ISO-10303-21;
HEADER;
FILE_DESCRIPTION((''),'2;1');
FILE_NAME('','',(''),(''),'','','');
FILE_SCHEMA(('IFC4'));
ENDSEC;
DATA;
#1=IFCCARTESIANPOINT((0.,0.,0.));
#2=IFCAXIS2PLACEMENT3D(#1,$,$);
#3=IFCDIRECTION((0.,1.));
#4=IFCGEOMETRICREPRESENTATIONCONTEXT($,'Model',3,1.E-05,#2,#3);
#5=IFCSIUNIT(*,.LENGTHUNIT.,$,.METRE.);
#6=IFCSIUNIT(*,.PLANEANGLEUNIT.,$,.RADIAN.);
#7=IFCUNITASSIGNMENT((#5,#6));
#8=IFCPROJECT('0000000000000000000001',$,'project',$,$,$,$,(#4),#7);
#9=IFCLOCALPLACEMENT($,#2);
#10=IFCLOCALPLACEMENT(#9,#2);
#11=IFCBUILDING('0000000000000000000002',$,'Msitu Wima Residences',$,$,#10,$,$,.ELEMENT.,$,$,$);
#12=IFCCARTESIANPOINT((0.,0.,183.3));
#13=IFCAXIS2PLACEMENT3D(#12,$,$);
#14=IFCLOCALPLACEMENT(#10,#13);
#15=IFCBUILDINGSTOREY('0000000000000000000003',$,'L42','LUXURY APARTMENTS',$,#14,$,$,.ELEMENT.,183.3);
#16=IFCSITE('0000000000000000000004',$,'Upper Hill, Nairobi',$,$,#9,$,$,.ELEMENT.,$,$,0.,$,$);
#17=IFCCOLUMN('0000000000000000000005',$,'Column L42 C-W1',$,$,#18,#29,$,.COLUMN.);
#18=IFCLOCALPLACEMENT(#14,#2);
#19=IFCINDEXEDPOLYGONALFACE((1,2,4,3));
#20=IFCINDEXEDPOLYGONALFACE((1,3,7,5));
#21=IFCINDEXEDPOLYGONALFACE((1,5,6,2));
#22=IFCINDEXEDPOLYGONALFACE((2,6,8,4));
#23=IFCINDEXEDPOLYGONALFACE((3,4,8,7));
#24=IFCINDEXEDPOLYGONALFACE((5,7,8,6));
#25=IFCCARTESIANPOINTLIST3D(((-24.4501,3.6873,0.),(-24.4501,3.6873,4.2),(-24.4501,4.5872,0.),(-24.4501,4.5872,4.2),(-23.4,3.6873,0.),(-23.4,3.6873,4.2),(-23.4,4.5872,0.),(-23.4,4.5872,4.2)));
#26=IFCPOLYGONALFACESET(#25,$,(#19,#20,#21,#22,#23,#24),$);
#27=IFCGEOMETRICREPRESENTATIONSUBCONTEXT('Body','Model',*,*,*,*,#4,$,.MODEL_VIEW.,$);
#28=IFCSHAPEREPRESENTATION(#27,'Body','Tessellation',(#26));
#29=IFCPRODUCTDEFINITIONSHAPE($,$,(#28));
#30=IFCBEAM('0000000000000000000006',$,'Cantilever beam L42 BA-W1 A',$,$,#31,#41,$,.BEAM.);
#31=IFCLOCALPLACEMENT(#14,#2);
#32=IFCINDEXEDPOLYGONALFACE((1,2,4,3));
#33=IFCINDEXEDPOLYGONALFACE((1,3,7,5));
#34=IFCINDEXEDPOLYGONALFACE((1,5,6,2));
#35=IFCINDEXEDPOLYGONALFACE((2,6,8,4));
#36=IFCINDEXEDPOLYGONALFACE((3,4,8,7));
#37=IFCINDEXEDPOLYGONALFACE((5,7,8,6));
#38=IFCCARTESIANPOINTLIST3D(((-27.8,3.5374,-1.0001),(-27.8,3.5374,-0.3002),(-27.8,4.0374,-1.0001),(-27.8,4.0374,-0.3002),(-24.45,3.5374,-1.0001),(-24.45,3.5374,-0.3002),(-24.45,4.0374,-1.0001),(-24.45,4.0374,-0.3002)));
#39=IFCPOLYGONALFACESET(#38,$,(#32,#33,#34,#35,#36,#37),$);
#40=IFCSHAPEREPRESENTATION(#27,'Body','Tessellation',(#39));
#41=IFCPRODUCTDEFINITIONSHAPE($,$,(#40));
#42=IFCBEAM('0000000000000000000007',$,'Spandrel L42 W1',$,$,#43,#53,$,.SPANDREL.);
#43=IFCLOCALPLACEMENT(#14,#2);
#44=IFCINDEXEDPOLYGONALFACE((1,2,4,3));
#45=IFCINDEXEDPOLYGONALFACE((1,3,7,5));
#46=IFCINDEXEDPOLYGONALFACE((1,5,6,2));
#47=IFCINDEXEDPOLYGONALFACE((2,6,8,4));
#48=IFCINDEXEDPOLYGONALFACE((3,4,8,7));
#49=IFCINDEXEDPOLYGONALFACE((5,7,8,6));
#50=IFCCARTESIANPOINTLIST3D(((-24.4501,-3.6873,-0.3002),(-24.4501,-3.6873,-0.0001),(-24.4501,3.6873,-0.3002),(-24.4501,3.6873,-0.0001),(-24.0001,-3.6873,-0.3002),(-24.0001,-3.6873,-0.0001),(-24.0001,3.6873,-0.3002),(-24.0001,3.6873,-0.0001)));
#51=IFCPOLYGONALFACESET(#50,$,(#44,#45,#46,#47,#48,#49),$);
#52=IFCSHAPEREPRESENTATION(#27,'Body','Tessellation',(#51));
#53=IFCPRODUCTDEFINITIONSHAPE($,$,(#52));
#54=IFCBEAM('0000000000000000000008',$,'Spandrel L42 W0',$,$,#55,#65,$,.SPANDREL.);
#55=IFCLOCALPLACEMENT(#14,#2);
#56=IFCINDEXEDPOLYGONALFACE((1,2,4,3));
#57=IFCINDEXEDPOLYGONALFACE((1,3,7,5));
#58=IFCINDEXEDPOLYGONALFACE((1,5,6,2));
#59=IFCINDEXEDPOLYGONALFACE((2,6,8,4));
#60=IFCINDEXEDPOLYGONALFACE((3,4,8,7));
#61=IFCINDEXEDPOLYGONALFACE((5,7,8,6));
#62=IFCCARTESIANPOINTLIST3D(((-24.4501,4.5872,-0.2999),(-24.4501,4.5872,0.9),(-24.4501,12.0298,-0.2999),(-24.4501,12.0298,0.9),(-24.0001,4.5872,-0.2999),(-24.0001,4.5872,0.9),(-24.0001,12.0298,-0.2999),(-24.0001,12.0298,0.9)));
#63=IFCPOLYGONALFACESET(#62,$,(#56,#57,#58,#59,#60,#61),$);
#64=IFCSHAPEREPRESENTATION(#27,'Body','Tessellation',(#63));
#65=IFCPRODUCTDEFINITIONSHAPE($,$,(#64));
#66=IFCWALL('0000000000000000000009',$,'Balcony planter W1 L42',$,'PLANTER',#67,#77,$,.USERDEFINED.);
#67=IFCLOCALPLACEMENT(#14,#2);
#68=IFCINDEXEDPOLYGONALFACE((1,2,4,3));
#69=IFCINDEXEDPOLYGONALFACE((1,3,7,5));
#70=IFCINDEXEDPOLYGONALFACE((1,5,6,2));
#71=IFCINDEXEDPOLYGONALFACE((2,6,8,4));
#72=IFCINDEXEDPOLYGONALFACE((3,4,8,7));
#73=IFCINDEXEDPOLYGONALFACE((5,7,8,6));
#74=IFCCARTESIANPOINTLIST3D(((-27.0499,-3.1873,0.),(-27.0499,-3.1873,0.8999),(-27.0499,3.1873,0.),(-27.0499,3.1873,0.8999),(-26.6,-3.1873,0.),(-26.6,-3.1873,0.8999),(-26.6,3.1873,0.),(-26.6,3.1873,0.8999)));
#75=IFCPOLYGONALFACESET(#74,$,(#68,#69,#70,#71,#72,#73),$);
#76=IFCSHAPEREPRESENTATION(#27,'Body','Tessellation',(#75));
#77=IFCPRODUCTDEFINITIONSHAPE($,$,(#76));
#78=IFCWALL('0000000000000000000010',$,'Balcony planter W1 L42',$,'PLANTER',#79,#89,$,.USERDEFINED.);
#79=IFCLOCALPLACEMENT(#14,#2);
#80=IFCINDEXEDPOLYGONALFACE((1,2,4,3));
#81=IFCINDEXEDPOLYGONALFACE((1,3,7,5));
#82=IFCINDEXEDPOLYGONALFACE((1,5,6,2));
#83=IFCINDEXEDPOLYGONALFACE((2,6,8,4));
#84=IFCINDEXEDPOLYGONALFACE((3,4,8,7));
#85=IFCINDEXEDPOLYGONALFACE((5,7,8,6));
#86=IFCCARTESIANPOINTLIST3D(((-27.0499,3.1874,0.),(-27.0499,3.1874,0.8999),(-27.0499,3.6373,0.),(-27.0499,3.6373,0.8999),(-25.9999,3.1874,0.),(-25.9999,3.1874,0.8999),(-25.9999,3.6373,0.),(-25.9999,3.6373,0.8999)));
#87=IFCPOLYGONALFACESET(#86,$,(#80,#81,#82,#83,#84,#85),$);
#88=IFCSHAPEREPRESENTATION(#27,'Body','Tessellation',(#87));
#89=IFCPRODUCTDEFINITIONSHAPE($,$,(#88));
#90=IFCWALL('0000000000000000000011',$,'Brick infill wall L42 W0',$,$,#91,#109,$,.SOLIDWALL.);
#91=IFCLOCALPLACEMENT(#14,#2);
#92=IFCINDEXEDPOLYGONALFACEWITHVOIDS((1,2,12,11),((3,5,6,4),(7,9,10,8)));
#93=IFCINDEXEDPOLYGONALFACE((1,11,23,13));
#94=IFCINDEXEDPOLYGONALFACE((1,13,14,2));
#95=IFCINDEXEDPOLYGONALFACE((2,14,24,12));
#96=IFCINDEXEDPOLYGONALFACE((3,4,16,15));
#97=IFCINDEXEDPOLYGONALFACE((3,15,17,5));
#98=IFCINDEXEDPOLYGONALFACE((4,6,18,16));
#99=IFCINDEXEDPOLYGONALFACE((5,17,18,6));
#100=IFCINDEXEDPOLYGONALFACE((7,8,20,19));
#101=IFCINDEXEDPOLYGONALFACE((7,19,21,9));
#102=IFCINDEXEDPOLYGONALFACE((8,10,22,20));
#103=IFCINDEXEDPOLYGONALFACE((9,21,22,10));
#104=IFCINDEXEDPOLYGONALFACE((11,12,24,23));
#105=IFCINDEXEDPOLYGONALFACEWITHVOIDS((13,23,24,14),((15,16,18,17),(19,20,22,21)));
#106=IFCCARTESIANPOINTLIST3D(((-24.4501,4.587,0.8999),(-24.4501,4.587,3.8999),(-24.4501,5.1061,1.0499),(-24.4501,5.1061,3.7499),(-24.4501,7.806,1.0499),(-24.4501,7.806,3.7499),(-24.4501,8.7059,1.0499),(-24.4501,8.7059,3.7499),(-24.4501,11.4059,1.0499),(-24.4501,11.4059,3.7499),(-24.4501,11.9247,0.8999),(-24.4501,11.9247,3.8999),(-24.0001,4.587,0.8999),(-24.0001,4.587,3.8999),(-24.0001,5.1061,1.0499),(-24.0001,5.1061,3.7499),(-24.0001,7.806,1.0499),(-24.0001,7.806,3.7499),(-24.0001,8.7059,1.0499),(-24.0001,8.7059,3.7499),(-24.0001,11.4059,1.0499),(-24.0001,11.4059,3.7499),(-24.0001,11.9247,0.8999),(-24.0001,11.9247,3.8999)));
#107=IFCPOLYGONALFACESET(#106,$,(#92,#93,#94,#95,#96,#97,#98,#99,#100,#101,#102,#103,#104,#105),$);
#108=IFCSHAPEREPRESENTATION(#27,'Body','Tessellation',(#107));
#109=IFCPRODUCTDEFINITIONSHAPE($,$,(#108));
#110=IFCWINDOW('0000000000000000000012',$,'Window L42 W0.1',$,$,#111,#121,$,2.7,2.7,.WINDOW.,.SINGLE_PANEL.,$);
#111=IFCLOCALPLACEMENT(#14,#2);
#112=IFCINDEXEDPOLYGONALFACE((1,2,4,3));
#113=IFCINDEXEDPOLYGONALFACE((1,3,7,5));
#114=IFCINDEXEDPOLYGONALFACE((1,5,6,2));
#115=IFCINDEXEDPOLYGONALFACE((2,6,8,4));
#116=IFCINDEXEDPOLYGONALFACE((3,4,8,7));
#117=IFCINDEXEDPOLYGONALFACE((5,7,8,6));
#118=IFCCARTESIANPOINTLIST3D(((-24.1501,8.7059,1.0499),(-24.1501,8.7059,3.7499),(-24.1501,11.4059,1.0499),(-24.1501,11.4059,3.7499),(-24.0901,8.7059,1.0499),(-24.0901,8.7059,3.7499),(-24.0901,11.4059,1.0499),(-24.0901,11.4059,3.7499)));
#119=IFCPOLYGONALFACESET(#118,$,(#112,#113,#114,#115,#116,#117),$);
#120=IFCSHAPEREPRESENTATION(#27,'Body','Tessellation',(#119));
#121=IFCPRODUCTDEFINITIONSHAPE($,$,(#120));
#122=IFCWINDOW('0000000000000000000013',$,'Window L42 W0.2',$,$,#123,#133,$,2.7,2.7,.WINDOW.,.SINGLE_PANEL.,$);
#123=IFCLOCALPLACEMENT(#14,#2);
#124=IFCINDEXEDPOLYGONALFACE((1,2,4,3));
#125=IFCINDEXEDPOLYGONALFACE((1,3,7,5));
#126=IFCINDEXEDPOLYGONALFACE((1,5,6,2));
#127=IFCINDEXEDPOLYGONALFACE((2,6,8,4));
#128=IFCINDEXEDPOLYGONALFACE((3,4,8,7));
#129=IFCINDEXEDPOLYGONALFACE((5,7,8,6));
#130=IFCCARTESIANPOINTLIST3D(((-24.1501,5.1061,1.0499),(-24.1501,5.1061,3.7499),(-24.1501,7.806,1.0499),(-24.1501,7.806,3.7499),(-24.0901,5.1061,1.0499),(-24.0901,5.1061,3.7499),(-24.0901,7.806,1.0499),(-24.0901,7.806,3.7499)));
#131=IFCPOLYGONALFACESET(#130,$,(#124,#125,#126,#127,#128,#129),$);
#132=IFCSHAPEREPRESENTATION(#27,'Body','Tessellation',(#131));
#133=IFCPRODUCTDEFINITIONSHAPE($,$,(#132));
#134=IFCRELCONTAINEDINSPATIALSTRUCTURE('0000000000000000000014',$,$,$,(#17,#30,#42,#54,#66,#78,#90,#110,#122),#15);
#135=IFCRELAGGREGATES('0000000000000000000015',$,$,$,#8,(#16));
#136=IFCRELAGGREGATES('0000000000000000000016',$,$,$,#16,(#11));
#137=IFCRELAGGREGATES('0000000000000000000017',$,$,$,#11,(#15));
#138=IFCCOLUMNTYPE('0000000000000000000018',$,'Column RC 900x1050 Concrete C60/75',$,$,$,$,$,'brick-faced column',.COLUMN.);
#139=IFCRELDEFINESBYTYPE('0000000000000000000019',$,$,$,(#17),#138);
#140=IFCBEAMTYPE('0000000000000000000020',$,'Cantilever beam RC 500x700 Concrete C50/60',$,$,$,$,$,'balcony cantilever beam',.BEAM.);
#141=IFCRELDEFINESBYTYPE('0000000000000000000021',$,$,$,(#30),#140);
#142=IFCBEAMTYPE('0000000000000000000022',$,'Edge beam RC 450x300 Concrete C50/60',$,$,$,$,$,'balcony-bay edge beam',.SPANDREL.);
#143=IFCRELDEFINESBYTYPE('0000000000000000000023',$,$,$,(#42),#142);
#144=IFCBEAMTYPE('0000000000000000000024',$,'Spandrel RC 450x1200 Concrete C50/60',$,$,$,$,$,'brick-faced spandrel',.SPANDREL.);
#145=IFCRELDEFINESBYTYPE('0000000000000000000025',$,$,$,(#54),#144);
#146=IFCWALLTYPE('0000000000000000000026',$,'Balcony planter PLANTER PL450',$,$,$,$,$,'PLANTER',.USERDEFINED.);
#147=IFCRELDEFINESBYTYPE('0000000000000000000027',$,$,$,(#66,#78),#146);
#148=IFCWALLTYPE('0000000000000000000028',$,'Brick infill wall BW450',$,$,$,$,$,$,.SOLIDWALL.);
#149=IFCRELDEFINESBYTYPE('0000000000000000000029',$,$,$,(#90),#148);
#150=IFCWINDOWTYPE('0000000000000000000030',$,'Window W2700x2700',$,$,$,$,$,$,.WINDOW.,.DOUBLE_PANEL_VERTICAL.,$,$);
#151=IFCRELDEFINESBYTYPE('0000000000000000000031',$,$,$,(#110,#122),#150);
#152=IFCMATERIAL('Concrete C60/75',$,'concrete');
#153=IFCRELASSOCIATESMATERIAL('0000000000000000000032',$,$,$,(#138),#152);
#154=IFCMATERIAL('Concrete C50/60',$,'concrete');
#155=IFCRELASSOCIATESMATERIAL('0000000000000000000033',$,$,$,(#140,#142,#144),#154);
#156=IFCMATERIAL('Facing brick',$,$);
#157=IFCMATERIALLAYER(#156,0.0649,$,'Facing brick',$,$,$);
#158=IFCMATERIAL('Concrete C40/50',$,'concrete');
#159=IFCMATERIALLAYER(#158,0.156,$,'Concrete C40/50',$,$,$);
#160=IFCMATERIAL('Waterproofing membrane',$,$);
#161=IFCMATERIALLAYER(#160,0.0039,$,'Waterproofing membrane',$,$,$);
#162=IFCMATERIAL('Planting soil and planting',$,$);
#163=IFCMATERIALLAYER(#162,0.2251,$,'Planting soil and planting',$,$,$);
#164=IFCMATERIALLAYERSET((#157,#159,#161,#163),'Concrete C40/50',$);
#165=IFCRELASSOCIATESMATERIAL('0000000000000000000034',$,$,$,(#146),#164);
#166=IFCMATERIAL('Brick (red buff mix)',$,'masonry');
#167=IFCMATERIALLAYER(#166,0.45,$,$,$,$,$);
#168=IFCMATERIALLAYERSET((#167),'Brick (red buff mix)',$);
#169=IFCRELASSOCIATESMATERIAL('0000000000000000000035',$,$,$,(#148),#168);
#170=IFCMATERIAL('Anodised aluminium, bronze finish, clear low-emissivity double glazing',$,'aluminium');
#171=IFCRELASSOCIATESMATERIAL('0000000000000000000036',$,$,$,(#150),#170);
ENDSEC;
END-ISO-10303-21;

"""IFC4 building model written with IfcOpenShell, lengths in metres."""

from ifc_helpers import new_model, si_unit, direction, frame, frame_2d, origin, origin_2d, place, context, subcontext, project, spatial, rectangle, extrude, material, layer, layer_set, material_profile, profile_set, type_object, element, fill, save


model = new_model("IFC4")

# Units and contexts
model_context = context("Model", 3, precision=1e-05, world=origin(), true_north=direction((0.0, 1.0)))
body_context = subcontext(model_context, "Body", "Model", "MODEL_VIEW")
ifc_project = project(units=[si_unit("LENGTHUNIT", "METRE"), si_unit("PLANEANGLEUNIT", "RADIAN")], contexts=[model_context])

# Site, building, storey
site_placement = place(None, origin())
site = spatial("IfcSite", under=ifc_project, at=site_placement, Name="Upper Hill, Nairobi", CompositionType="ELEMENT", RefElevation=0.0)
building_placement = place(site_placement, origin())
building = spatial("IfcBuilding", under=site, at=building_placement, Name="Msitu Wima Residences", CompositionType="ELEMENT")
storey_placement = place(building_placement, frame((0.0, 0.0, 183.3)))
storey = spatial("IfcBuildingStorey", under=building, at=storey_placement, Name="L42", Description="LUXURY APARTMENTS", CompositionType="ELEMENT", Elevation=183.3)

# Column
ifc_material_1 = material(Name="Concrete C60/75", Category="concrete")
ifc_material_profile_1 = material_profile(ifc_material_1, rectangle(XDim=0.8999, YDim=1.05, at=origin_2d()), Name="RC 900x1050")
ifc_profile_set_1 = profile_set([ifc_material_profile_1], Name="Concrete C60/75")
column_type = type_object("IfcColumnType", Name="Column RC 900x1050 Concrete C60/75", ElementType="brick-faced column", PredefinedType="COLUMN", material=ifc_profile_set_1)
column_placement = place(storey_placement, frame((-23.925, 4.1372, 0.0), z_axis=(0.0, 0.0, 1.0), x_axis=(0.0, -1.0, 0.0)))
element("IfcColumn", 1, at=column_placement, inside=storey, type_object=column_type, Name="Column L42 C-W1", PredefinedType="COLUMN", context=body_context, shape_type="SweptSolid", body=[
    extrude(rectangle(XDim=0.8999, YDim=1.05, at=origin_2d()), origin(), (0.0, 0.0, 1.0), 4.2),
])

# Beams
ifc_material_2 = material(Name="Concrete C50/60", Category="concrete")
ifc_material_profile_2 = material_profile(ifc_material_2, rectangle(XDim=0.5, YDim=0.7, at=origin_2d()), Name="RC 500x700")
ifc_profile_set_2 = profile_set([ifc_material_profile_2], Name="Concrete C50/60")
beam_type_1 = type_object("IfcBeamType", Name="Cantilever beam RC 500x700 Concrete C50/60", ElementType="balcony cantilever beam", PredefinedType="BEAM", material=ifc_profile_set_2)
beam_1_placement = place(storey_placement, frame((-24.45, 3.7874, -0.6501), z_axis=(-1.0, 0.0, 0.0), x_axis=(0.0, -1.0, 0.0)))
element("IfcBeam", 2, at=beam_1_placement, inside=storey, type_object=beam_type_1, Name="Cantilever beam L42 BA-W1 A", PredefinedType="BEAM", context=body_context, shape_type="SweptSolid", body=[
    extrude(rectangle(XDim=0.5, YDim=0.7, at=origin_2d()), origin(), (0.0, 0.0, 1.0), 3.3501),
])
ifc_material_profile_3 = material_profile(ifc_material_2, rectangle(XDim=0.45, YDim=0.3, at=origin_2d()), Name="RC 450x300")
ifc_profile_set_3 = profile_set([ifc_material_profile_3], Name="Concrete C50/60")
beam_type_2 = type_object("IfcBeamType", Name="Edge beam RC 450x300 Concrete C50/60", ElementType="balcony-bay edge beam", PredefinedType="SPANDREL", material=ifc_profile_set_3)
beam_2_placement = place(storey_placement, frame((-24.2251, 3.6873, -0.1501), z_axis=(0.0, -1.0, 0.0), x_axis=(1.0, 0.0, 0.0)))
element("IfcBeam", 3, at=beam_2_placement, inside=storey, type_object=beam_type_2, Name="Spandrel L42 W1", PredefinedType="SPANDREL", context=body_context, shape_type="SweptSolid", body=[
    extrude(rectangle(XDim=0.45, YDim=0.3, at=origin_2d()), origin(), (0.0, 0.0, 1.0), 7.3745),
])
ifc_material_profile_4 = material_profile(ifc_material_2, rectangle(XDim=0.45, YDim=1.2, at=origin_2d()), Name="RC 450x1200")
ifc_profile_set_4 = profile_set([ifc_material_profile_4], Name="Concrete C50/60")
beam_type_3 = type_object("IfcBeamType", Name="Spandrel RC 450x1200 Concrete C50/60", ElementType="brick-faced spandrel", PredefinedType="SPANDREL", material=ifc_profile_set_4)
beam_3_placement = place(storey_placement, frame((-24.2251, 12.0298, 0.3), z_axis=(0.0, -1.0, 0.0), x_axis=(1.0, 0.0, 0.0)))
element("IfcBeam", 4, at=beam_3_placement, inside=storey, type_object=beam_type_3, Name="Spandrel L42 W0", PredefinedType="SPANDREL", context=body_context, shape_type="SweptSolid", body=[
    extrude(rectangle(XDim=0.45, YDim=1.2, at=origin_2d()), origin(), (0.0, 0.0, 1.0), 7.4426),
])

# Walls
ifc_material_3 = material(Name="Facing brick")
ifc_layer_1 = layer(ifc_material_3, 0.0649, Name="Facing brick")
ifc_material_4 = material(Name="Concrete C40/50", Category="concrete")
ifc_layer_2 = layer(ifc_material_4, 0.156, Name="Concrete C40/50")
ifc_material_5 = material(Name="Waterproofing membrane")
ifc_layer_3 = layer(ifc_material_5, 0.0039, Name="Waterproofing membrane")
ifc_material_6 = material(Name="Planting soil and planting")
ifc_layer_4 = layer(ifc_material_6, 0.2251, Name="Planting soil and planting")
ifc_layer_set_1 = layer_set([ifc_layer_1, ifc_layer_2, ifc_layer_3, ifc_layer_4], Name="Concrete C40/50")
wall_type_1 = type_object("IfcWallType", Name="Balcony planter PLANTER PL450", ElementType="PLANTER", PredefinedType="USERDEFINED", material=ifc_layer_set_1)
wall_1_placement = place(storey_placement, frame((-26.825, 3.1873, 0.0), z_axis=(0.0, 0.0, 1.0), x_axis=(0.0, -1.0, 0.0)))
element("IfcWall", 5, at=wall_1_placement, inside=storey, type_object=wall_type_1, Name="Balcony planter W1 L42", ObjectType="PLANTER", PredefinedType="USERDEFINED", context=body_context, shape_type="SweptSolid", body=[
    extrude(rectangle(XDim=6.3745, YDim=0.45, at=frame_2d((3.1873, 0.0))), origin(), (0.0, 0.0, 1.0), 0.8999),
])
wall_2_placement = place(storey_placement, frame((-26.0, 3.4124, 0.0), z_axis=(0.0, 0.0, 1.0), x_axis=(-1.0, 0.0, 0.0)))
element("IfcWall", 6, at=wall_2_placement, inside=storey, type_object=wall_type_1, Name="Balcony planter W1 L42", ObjectType="PLANTER", PredefinedType="USERDEFINED", context=body_context, shape_type="SweptSolid", body=[
    extrude(rectangle(XDim=1.05, YDim=0.45, at=frame_2d((0.5249, 0.0))), origin(), (0.0, 0.0, 1.0), 0.8999),
])

# Wall, openings, windows
ifc_material_7 = material(Name="Brick (red buff mix)", Category="masonry")
ifc_layer_5 = layer(ifc_material_7, 0.45)
ifc_layer_set_2 = layer_set([ifc_layer_5], Name="Brick (red buff mix)")
wall_type_2 = type_object("IfcWallType", Name="Brick infill wall BW450", PredefinedType="SOLIDWALL", material=ifc_layer_set_2)
wall_3_placement = place(storey_placement, frame((-24.2251, 11.9248, 0.8999), z_axis=(0.0, 0.0, 1.0), x_axis=(0.0, -1.0, 0.0)))
wall_3 = element("IfcWall", 7, at=wall_3_placement, inside=storey, type_object=wall_type_2, Name="Brick infill wall L42 W0", PredefinedType="SOLIDWALL", context=body_context, shape_type="SweptSolid", body=[
    extrude(rectangle(XDim=7.3376, YDim=0.45, at=frame_2d((3.6689, 0.0))), origin(), (0.0, 0.0, 1.0), 3.0),
])
opening_1_placement = place(wall_3_placement, frame((0.5188, 0.0, 0.1499)))
opening_1 = element("IfcOpeningElement", 8, at=opening_1_placement, cuts=wall_3, PredefinedType="OPENING", context=body_context, shape_type="SweptSolid", body=[
    extrude(rectangle(XDim=2.7, YDim=2.7, at=frame_2d((1.3501, 1.3501))), frame((0.0, 0.2349, 0.0), z_axis=(0.0, -1.0, 0.0), x_axis=(1.0, 0.0, 0.0)), (0.0, 0.0, 1.0), 0.47),
])
opening_2_placement = place(wall_3_placement, frame((4.1187, 0.0, 0.1499)))
opening_2 = element("IfcOpeningElement", 9, at=opening_2_placement, cuts=wall_3, PredefinedType="OPENING", context=body_context, shape_type="SweptSolid", body=[
    extrude(rectangle(XDim=2.7, YDim=2.7, at=frame_2d((1.3501, 1.3501))), frame((0.0, 0.2349, 0.0), z_axis=(0.0, -1.0, 0.0), x_axis=(1.0, 0.0, 0.0)), (0.0, 0.0, 1.0), 0.47),
])
ifc_material_8 = material(Name="Anodised aluminium, bronze finish, clear low-emissivity double glazing", Category="aluminium")
window_type = type_object("IfcWindowType", Name="Window W2700x2700", PartitioningType="DOUBLE_PANEL_VERTICAL", PredefinedType="WINDOW", material=ifc_material_8)
window_1_placement = place(opening_1_placement, origin())
window_1 = element("IfcWindow", 10, at=window_1_placement, inside=storey, type_object=window_type, Name="Window L42 W0.1", OverallHeight=2.7, OverallWidth=2.7, PartitioningType="SINGLE_PANEL", PredefinedType="WINDOW", context=body_context, shape_type="SweptSolid", body=[
    extrude(rectangle(XDim=2.7, YDim=2.7, at=frame_2d((1.3501, 1.3501))), frame((0.0, 0.135, 0.0), z_axis=(0.0, -1.0, 0.0), x_axis=(1.0, 0.0, 0.0)), (0.0, 0.0, 1.0), 0.0601),
])
fill(opening_1, window_1)
window_2_placement = place(opening_2_placement, origin())
window_2 = element("IfcWindow", 11, at=window_2_placement, inside=storey, type_object=window_type, Name="Window L42 W0.2", OverallHeight=2.7, OverallWidth=2.7, PartitioningType="SINGLE_PANEL", PredefinedType="WINDOW", context=body_context, shape_type="SweptSolid", body=[
    extrude(rectangle(XDim=2.7, YDim=2.7, at=frame_2d((1.3501, 1.3501))), frame((0.0, 0.135, 0.0), z_axis=(0.0, -1.0, 0.0), x_axis=(1.0, 0.0, 0.0)), (0.0, 0.0, 1.0), 0.0601),
])
fill(opening_2, window_2)

save(model, "model.ifc")
